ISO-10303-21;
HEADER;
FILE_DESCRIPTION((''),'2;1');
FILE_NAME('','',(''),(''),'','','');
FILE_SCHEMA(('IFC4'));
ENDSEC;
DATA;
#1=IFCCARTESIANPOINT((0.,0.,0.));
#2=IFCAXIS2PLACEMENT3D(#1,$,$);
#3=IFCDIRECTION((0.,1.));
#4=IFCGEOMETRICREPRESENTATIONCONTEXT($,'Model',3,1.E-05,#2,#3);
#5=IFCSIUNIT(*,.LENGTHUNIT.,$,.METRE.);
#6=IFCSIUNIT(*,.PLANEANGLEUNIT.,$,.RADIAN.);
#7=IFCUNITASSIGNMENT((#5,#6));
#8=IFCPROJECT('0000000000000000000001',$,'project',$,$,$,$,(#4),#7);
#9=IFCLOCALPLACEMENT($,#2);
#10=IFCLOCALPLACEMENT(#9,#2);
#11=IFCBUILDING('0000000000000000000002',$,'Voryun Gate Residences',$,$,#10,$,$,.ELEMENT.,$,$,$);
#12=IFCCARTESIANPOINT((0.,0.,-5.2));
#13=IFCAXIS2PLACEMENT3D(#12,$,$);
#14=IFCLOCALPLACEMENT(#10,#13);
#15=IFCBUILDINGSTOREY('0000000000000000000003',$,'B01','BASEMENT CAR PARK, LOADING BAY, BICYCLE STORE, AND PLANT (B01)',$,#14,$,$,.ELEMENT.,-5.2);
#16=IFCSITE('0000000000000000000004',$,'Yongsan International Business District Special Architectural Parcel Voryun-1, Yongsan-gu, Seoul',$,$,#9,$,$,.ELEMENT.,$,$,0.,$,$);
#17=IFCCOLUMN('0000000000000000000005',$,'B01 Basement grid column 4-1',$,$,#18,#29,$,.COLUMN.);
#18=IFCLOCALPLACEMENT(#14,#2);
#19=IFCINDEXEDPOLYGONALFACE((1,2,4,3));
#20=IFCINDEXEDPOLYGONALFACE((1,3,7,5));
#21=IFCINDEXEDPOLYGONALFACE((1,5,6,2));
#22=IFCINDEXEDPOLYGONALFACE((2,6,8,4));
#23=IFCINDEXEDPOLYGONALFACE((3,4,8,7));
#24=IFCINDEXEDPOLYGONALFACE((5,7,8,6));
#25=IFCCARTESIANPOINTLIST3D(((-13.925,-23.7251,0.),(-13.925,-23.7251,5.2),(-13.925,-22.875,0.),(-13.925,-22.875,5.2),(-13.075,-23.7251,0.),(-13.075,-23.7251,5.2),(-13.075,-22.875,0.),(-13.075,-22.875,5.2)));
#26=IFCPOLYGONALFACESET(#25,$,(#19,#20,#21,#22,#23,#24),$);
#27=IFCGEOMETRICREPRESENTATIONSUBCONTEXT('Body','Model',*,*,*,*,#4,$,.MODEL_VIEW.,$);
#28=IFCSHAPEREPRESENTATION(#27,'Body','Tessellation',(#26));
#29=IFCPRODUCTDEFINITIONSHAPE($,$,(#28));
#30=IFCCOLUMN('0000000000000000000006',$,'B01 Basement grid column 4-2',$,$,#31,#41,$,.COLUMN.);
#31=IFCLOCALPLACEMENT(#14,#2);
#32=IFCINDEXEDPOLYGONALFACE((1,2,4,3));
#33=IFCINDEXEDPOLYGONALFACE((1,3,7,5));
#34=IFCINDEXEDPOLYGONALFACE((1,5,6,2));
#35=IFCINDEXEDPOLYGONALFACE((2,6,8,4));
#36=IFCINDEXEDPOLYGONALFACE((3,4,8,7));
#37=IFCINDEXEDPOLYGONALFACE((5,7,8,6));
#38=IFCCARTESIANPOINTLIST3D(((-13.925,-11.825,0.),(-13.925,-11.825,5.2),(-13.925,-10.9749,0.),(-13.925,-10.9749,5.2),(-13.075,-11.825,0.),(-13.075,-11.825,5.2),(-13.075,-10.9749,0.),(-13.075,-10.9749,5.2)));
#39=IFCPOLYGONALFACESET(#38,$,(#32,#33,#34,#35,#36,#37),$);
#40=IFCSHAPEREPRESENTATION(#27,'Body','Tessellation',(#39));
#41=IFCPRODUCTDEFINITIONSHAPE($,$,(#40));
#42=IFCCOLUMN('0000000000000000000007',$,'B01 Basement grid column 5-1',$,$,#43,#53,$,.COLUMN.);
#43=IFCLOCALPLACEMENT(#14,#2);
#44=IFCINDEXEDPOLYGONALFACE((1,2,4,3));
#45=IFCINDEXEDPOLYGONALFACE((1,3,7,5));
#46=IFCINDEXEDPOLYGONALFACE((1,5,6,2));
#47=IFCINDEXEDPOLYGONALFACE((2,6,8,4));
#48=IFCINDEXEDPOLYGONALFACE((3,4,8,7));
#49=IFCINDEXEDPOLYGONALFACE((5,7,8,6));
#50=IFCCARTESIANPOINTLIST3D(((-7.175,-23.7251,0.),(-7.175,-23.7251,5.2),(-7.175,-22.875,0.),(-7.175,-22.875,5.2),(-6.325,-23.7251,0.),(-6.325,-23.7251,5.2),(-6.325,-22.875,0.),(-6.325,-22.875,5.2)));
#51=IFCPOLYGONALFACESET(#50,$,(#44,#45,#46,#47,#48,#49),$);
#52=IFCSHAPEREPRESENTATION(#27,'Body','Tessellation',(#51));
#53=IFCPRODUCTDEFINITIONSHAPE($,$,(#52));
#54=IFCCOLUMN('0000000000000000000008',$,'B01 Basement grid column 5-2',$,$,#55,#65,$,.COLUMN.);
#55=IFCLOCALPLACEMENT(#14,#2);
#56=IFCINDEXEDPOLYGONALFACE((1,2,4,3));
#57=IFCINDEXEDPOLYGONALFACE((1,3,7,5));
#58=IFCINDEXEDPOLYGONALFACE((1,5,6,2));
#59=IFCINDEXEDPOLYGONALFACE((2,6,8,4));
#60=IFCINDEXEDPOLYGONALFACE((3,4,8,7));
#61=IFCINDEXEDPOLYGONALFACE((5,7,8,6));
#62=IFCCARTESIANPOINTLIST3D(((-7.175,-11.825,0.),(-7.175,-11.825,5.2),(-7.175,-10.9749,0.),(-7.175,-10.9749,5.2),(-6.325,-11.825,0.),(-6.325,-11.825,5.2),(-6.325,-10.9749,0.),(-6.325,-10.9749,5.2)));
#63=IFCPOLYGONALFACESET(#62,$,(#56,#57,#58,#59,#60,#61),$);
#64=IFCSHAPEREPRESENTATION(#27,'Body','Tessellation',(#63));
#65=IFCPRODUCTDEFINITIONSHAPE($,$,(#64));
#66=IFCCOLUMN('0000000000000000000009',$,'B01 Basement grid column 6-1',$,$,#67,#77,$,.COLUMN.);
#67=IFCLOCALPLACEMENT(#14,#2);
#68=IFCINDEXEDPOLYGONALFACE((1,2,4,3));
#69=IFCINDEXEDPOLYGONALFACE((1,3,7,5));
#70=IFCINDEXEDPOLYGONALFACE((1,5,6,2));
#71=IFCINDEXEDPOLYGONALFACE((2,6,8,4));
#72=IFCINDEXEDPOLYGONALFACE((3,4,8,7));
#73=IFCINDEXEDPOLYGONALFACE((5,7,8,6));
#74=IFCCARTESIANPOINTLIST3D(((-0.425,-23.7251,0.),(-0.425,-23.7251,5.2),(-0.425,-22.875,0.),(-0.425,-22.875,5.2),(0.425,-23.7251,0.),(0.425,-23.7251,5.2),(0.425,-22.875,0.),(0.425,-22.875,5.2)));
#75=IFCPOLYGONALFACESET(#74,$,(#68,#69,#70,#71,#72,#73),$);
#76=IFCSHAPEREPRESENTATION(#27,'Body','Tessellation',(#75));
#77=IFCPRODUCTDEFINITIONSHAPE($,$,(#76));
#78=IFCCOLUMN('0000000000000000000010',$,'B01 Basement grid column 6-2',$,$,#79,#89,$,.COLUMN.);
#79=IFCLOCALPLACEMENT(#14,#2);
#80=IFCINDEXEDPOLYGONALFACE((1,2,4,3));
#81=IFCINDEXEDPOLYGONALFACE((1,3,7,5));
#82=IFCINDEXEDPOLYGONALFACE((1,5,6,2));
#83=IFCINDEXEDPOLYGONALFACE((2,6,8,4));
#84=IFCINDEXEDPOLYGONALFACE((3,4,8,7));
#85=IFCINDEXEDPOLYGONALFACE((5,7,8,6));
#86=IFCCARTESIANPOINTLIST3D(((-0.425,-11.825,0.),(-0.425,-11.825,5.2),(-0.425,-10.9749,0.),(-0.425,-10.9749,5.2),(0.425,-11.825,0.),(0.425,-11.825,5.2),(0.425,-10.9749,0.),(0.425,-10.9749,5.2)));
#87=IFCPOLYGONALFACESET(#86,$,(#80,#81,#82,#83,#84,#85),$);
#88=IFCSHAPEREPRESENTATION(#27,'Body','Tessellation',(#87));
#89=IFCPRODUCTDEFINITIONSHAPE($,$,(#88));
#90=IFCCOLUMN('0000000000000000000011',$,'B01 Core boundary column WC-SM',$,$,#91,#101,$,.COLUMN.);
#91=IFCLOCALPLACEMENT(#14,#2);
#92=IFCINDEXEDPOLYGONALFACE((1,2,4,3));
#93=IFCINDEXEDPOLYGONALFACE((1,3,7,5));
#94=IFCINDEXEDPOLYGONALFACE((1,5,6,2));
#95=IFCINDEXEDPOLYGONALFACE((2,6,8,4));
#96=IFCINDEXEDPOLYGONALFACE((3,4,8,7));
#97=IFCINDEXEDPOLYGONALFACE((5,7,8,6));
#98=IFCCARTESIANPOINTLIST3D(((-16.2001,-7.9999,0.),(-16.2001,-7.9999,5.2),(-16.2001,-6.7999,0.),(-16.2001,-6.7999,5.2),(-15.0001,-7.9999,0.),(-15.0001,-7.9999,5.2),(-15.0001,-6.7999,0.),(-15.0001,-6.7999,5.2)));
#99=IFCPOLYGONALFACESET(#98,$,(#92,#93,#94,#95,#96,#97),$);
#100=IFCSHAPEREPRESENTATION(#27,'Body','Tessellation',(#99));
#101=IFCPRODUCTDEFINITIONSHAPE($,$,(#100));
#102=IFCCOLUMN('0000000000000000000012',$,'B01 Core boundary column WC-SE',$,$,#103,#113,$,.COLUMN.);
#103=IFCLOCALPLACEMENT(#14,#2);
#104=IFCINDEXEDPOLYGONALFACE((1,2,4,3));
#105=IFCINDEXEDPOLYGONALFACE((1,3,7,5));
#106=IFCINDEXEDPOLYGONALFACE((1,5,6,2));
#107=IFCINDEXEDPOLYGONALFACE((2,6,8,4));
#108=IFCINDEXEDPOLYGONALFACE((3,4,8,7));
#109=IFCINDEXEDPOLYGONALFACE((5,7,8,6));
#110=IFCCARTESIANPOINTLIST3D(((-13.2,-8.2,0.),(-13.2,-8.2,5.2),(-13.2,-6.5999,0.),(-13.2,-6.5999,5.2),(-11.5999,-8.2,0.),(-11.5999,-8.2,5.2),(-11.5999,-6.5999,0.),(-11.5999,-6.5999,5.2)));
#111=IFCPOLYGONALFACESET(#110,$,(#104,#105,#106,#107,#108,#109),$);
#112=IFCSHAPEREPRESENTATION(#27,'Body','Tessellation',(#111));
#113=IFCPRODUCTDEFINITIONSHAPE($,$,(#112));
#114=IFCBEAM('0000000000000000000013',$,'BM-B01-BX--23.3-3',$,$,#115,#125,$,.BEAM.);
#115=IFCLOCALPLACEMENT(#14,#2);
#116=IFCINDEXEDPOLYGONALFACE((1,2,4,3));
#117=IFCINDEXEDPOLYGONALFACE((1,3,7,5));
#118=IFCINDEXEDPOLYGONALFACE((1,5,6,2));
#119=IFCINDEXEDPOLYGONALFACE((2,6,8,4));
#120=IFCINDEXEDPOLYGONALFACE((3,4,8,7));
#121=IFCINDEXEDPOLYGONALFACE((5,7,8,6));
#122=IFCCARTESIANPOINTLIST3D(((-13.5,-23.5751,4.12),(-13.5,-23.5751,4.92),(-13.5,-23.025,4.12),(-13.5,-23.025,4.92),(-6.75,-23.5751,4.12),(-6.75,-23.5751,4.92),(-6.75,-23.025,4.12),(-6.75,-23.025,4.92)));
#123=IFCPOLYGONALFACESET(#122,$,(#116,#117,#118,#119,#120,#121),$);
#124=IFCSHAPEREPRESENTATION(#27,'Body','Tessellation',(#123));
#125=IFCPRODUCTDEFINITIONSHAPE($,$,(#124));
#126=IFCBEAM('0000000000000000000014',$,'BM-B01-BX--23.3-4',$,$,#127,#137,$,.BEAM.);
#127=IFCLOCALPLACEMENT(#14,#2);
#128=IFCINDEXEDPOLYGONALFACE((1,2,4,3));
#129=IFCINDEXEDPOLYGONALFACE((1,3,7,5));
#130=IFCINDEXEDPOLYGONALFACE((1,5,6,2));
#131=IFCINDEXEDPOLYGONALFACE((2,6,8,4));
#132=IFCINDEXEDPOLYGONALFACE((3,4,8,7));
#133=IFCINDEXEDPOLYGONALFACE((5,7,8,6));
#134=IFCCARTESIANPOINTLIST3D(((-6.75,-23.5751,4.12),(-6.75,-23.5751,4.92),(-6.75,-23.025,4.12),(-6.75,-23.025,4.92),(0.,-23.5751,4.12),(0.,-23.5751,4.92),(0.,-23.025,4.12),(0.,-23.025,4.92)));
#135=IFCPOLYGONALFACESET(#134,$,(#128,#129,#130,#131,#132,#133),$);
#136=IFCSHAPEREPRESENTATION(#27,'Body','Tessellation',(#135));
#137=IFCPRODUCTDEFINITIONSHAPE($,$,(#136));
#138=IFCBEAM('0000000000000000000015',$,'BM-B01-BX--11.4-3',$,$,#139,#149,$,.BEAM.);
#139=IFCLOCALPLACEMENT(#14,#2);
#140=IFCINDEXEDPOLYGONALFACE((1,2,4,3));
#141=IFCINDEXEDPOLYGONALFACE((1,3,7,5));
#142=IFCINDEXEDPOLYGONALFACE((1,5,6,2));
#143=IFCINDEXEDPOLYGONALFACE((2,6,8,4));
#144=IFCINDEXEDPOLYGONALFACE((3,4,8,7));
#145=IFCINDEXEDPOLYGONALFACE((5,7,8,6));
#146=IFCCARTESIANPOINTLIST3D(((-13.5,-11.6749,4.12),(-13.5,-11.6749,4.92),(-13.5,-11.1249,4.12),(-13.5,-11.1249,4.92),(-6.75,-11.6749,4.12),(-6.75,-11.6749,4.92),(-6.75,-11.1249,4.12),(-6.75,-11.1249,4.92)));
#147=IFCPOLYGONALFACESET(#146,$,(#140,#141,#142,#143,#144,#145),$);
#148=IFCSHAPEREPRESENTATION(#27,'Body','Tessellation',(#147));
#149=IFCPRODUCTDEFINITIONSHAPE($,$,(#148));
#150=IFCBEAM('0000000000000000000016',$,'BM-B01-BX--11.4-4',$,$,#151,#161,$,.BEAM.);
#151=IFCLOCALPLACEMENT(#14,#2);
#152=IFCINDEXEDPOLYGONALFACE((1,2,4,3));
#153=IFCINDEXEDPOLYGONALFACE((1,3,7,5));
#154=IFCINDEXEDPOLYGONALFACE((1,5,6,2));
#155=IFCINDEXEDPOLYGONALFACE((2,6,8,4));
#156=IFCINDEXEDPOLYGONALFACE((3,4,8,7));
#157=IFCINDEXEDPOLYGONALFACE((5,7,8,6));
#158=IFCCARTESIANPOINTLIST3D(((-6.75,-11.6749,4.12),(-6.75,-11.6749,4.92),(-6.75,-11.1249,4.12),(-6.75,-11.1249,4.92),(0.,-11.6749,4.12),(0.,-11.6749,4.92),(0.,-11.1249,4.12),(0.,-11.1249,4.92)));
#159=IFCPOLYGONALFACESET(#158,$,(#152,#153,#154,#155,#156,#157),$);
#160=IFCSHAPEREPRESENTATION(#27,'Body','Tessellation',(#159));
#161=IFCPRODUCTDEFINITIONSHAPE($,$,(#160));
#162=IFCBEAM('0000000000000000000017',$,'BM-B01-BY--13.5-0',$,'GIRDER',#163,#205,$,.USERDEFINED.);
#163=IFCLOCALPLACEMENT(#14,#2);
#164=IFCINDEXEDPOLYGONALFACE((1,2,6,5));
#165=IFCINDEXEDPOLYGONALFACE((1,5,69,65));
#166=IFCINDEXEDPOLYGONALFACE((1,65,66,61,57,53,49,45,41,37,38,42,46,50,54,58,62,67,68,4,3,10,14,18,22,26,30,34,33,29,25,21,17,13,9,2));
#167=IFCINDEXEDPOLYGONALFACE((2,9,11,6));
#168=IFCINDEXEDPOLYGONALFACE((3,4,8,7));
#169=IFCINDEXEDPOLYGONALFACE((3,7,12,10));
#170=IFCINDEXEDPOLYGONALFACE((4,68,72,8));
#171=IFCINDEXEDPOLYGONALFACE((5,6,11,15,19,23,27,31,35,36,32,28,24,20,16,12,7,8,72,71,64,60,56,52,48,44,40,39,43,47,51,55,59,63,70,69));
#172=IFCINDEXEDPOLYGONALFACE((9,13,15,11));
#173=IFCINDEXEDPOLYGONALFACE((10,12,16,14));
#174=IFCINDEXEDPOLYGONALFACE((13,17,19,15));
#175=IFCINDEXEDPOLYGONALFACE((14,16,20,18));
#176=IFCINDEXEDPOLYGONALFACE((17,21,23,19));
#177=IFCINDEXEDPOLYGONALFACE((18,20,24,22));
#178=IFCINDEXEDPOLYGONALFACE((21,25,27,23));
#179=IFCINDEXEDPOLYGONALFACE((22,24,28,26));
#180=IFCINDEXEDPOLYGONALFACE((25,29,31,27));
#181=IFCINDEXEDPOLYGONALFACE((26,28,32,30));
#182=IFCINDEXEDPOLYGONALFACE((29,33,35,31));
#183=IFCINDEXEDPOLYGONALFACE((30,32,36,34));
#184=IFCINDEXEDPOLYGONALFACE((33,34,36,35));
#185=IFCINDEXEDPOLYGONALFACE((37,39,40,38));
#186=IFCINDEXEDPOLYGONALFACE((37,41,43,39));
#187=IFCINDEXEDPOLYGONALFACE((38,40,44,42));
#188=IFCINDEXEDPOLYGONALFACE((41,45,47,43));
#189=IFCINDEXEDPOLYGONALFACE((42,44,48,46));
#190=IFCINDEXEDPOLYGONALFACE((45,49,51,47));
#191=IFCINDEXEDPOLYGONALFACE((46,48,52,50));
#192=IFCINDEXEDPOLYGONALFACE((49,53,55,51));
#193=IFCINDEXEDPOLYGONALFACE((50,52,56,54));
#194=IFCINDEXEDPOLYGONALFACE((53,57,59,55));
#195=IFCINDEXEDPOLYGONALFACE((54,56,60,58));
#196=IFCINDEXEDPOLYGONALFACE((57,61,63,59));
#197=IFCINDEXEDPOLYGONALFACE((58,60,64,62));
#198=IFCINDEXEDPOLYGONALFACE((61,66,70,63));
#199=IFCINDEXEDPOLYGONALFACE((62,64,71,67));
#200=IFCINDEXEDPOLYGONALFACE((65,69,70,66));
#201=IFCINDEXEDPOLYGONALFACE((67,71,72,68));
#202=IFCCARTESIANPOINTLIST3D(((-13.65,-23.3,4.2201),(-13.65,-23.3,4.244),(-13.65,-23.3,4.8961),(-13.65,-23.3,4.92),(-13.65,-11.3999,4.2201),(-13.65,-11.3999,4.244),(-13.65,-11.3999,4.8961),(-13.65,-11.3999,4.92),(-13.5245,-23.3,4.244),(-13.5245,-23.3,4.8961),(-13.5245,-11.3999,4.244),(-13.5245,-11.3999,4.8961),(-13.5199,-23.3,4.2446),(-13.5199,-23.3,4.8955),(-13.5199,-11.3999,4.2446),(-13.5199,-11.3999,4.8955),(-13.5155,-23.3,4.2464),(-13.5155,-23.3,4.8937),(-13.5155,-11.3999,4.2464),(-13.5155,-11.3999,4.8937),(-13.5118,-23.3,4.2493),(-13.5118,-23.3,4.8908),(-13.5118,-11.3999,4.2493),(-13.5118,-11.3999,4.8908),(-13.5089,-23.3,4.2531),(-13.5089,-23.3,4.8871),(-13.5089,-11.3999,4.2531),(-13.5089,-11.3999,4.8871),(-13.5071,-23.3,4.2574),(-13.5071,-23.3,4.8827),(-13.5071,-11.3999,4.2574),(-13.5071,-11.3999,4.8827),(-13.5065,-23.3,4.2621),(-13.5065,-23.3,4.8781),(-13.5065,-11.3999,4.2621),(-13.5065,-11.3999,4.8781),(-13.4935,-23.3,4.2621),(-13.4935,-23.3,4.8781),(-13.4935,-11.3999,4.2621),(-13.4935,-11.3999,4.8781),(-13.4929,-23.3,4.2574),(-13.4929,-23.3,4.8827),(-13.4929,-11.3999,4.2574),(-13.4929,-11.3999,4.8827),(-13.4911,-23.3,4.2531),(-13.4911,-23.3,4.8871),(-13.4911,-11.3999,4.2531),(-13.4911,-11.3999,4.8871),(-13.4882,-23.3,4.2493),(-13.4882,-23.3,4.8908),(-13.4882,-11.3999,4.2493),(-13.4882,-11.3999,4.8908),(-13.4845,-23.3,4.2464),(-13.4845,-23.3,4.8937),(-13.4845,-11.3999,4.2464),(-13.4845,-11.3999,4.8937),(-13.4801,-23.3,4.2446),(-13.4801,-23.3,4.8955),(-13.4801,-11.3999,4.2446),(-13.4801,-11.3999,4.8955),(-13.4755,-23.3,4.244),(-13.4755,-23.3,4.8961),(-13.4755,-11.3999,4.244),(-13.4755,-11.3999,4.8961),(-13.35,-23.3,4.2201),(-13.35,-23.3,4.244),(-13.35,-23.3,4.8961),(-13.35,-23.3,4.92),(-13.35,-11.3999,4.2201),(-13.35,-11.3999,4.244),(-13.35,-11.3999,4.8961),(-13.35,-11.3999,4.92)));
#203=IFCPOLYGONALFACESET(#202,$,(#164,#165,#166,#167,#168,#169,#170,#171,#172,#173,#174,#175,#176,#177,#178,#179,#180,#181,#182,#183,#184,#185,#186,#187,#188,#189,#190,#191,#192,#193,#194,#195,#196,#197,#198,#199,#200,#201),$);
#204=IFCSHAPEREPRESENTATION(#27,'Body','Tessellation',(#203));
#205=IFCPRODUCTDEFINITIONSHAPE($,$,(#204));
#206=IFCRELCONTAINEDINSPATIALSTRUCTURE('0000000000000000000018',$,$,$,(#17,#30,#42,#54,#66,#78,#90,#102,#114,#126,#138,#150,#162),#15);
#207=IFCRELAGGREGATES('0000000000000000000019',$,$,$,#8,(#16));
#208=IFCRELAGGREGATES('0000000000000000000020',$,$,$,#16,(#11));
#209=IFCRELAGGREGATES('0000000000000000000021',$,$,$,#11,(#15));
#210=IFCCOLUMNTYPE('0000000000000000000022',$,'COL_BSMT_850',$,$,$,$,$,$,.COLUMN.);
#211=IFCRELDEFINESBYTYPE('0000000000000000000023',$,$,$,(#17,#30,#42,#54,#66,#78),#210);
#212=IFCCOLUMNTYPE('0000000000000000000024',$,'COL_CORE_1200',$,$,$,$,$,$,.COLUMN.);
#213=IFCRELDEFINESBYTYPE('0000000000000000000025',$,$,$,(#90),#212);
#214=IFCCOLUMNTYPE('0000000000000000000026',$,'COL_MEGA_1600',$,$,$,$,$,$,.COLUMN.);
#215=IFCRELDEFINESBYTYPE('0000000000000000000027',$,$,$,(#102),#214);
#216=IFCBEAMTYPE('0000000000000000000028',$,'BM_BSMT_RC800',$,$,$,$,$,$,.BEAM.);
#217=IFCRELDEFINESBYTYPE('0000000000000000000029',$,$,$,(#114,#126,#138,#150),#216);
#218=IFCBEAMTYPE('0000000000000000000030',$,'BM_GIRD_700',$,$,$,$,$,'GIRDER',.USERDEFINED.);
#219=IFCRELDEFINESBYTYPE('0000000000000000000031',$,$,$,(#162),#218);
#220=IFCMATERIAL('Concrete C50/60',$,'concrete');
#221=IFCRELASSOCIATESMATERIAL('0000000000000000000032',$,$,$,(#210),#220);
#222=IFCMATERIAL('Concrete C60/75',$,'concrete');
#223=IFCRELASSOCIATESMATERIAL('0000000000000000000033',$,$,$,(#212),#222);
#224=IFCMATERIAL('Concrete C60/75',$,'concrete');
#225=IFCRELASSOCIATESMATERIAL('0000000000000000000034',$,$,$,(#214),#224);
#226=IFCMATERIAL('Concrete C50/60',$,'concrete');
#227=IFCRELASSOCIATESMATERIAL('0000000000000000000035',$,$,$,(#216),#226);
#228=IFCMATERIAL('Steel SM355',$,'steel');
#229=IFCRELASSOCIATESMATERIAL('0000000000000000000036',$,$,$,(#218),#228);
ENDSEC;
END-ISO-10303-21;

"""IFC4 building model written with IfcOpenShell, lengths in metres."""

from ifc_helpers import new_model, si_unit, direction, frame, origin, origin_2d, place, context, subcontext, project, spatial, rectangle, i_section, extrude, material, material_profile, profile_set, type_object, element, save


model = new_model("IFC4")

# Units and contexts
model_context = context("Model", 3, precision=1e-05, world=origin(), true_north=direction((0.0, 1.0)))
body_context = subcontext(model_context, "Body", "Model", "MODEL_VIEW")
ifc_project = project(units=[si_unit("LENGTHUNIT", "METRE"), si_unit("PLANEANGLEUNIT", "RADIAN")], contexts=[model_context])

# Site, building, storey
site_placement = place(None, origin())
site = spatial("IfcSite", under=ifc_project, at=site_placement, Name="Yongsan International Business District Special Architectural Parcel Voryun-1, Yongsan-gu, Seoul", CompositionType="ELEMENT", RefElevation=0.0)
building_placement = place(site_placement, origin())
building = spatial("IfcBuilding", under=site, at=building_placement, Name="Voryun Gate Residences", CompositionType="ELEMENT")
storey_placement = place(building_placement, frame((0.0, 0.0, -5.2)))
storey = spatial("IfcBuildingStorey", under=building, at=storey_placement, Name="B01", Description="BASEMENT CAR PARK, LOADING BAY, BICYCLE STORE, AND PLANT (B01)", CompositionType="ELEMENT", Elevation=-5.2)

# Columns
ifc_material_1 = material(Name="Concrete C50/60", Category="concrete")
ifc_material_profile_1 = material_profile(ifc_material_1, rectangle(XDim=0.8501, YDim=0.8501, at=origin_2d()), Name="RC-850x850")
ifc_profile_set_1 = profile_set([ifc_material_profile_1], Name="Concrete C50/60")
column_type_1 = type_object("IfcColumnType", Name="COL_BSMT_850", PredefinedType="COLUMN", material=ifc_profile_set_1)
for number, where, z_axis, x_axis, name in (
    (1, (-13.5, -23.3, 0.0), (0.0, 0.0, 1.0), (1.0, 0.0, 0.0), "B01 Basement grid column 4-1"),
    (2, (-13.5, -11.3999, 0.0), (0.0, 0.0, 1.0), (1.0, 0.0, 0.0), "B01 Basement grid column 4-2"),
    (3, (-6.75, -23.3, 0.0), (0.0, 0.0, 1.0), (1.0, 0.0, 0.0), "B01 Basement grid column 5-1"),
    (4, (-6.75, -11.3999, 0.0), (0.0, 0.0, 1.0), (1.0, 0.0, 0.0), "B01 Basement grid column 5-2"),
    (5, (0.0, -23.3, 0.0), (0.0, 0.0, 1.0), (1.0, 0.0, 0.0), "B01 Basement grid column 6-1"),
    (6, (0.0, -11.3999, 0.0), (0.0, 0.0, 1.0), (1.0, 0.0, 0.0), "B01 Basement grid column 6-2"),
):
    element("IfcColumn", number, at=place(storey_placement, frame(where, z_axis=z_axis, x_axis=x_axis)), inside=storey, type_object=column_type_1, Name=name, PredefinedType="COLUMN", context=body_context, shape_type="SweptSolid", body=[
        extrude(rectangle(XDim=0.8501, YDim=0.8501, at=origin_2d()), origin(), (0.0, 0.0, 1.0), 5.2),
    ])
ifc_material_2 = material(Name="Concrete C60/75", Category="concrete")
ifc_material_profile_2 = material_profile(ifc_material_2, rectangle(XDim=1.2, YDim=1.2, at=origin_2d()), Name="RC-1200x1200")
ifc_profile_set_2 = profile_set([ifc_material_profile_2], Name="Concrete C60/75")
column_type_2 = type_object("IfcColumnType", Name="COL_CORE_1200", PredefinedType="COLUMN", material=ifc_profile_set_2)
column_1_placement = place(storey_placement, frame((-15.6001, -7.3999, 0.0), z_axis=(0.0, 0.0, 1.0), x_axis=(1.0, 0.0, 0.0)))
element("IfcColumn", 7, at=column_1_placement, inside=storey, type_object=column_type_2, Name="B01 Core boundary column WC-SM", PredefinedType="COLUMN", context=body_context, shape_type="SweptSolid", body=[
    extrude(rectangle(XDim=1.2, YDim=1.2, at=origin_2d()), origin(), (0.0, 0.0, 1.0), 5.2),
])
ifc_material_3 = material(Name="Concrete C60/75", Category="concrete")
ifc_material_profile_3 = material_profile(ifc_material_3, rectangle(XDim=1.6001, YDim=1.6001, at=origin_2d()), Name="RC-1600x1600")
ifc_profile_set_3 = profile_set([ifc_material_profile_3], Name="Concrete C60/75")
column_type_3 = type_object("IfcColumnType", Name="COL_MEGA_1600", PredefinedType="COLUMN", material=ifc_profile_set_3)
column_2_placement = place(storey_placement, frame((-12.3999, -7.3999, 0.0), z_axis=(0.0, 0.0, 1.0), x_axis=(1.0, 0.0, 0.0)))
element("IfcColumn", 8, at=column_2_placement, inside=storey, type_object=column_type_3, Name="B01 Core boundary column WC-SE", PredefinedType="COLUMN", context=body_context, shape_type="SweptSolid", body=[
    extrude(rectangle(XDim=1.6001, YDim=1.6001, at=origin_2d()), origin(), (0.0, 0.0, 1.0), 5.2),
])

# Beams
ifc_material_4 = material(Name="Concrete C50/60", Category="concrete")
ifc_material_profile_4 = material_profile(ifc_material_4, rectangle(XDim=0.55, YDim=0.8, at=origin_2d()), Name="RC-550x800")
ifc_profile_set_4 = profile_set([ifc_material_profile_4], Name="Concrete C50/60")
beam_type_1 = type_object("IfcBeamType", Name="BM_BSMT_RC800", PredefinedType="BEAM", material=ifc_profile_set_4)
for number, where, z_axis, x_axis, name in (
    (9, (-13.5, -23.3, 4.52), (1.0, 0.0, 0.0), (0.0, 1.0, 0.0), "BM-B01-BX--23.3-3"),
    (10, (-6.75, -23.3, 4.52), (1.0, 0.0, 0.0), (0.0, 1.0, 0.0), "BM-B01-BX--23.3-4"),
    (11, (-13.5, -11.3999, 4.52), (1.0, 0.0, 0.0), (0.0, 1.0, 0.0), "BM-B01-BX--11.4-3"),
    (12, (-6.75, -11.3999, 4.52), (1.0, 0.0, 0.0), (0.0, 1.0, 0.0), "BM-B01-BX--11.4-4"),
):
    element("IfcBeam", number, at=place(storey_placement, frame(where, z_axis=z_axis, x_axis=x_axis)), inside=storey, type_object=beam_type_1, Name=name, PredefinedType="BEAM", context=body_context, shape_type="SweptSolid", body=[
        extrude(rectangle(XDim=0.55, YDim=0.8, at=origin_2d()), origin(), (0.0, 0.0, 1.0), 6.75),
    ])
ifc_material_5 = material(Name="Steel SM355", Category="steel")
ifc_material_profile_5 = material_profile(ifc_material_5, i_section(OverallWidth=0.3, OverallDepth=0.7, WebThickness=0.0129, FlangeThickness=0.0239, FilletRadius=0.0181, at=origin_2d()), Name="H-700x300x13x24")
ifc_profile_set_5 = profile_set([ifc_material_profile_5], Name="Steel SM355")
beam_type_2 = type_object("IfcBeamType", Name="BM_GIRD_700", ElementType="GIRDER", PredefinedType="USERDEFINED", material=ifc_profile_set_5)
beam_1_placement = place(storey_placement, frame((-13.5, -23.3, 4.5701), z_axis=(0.0, 1.0, 0.0), x_axis=(-1.0, 0.0, 0.0)))
element("IfcBeam", 13, at=beam_1_placement, inside=storey, type_object=beam_type_2, Name="BM-B01-BY--13.5-0", ObjectType="GIRDER", PredefinedType="USERDEFINED", context=body_context, shape_type="SweptSolid", body=[
    extrude(i_section(OverallWidth=0.3, OverallDepth=0.7, WebThickness=0.0129, FlangeThickness=0.0239, FilletRadius=0.0181, at=origin_2d()), origin(), (0.0, 0.0, 1.0), 11.9001),
])

save(model, "model.ifc")
